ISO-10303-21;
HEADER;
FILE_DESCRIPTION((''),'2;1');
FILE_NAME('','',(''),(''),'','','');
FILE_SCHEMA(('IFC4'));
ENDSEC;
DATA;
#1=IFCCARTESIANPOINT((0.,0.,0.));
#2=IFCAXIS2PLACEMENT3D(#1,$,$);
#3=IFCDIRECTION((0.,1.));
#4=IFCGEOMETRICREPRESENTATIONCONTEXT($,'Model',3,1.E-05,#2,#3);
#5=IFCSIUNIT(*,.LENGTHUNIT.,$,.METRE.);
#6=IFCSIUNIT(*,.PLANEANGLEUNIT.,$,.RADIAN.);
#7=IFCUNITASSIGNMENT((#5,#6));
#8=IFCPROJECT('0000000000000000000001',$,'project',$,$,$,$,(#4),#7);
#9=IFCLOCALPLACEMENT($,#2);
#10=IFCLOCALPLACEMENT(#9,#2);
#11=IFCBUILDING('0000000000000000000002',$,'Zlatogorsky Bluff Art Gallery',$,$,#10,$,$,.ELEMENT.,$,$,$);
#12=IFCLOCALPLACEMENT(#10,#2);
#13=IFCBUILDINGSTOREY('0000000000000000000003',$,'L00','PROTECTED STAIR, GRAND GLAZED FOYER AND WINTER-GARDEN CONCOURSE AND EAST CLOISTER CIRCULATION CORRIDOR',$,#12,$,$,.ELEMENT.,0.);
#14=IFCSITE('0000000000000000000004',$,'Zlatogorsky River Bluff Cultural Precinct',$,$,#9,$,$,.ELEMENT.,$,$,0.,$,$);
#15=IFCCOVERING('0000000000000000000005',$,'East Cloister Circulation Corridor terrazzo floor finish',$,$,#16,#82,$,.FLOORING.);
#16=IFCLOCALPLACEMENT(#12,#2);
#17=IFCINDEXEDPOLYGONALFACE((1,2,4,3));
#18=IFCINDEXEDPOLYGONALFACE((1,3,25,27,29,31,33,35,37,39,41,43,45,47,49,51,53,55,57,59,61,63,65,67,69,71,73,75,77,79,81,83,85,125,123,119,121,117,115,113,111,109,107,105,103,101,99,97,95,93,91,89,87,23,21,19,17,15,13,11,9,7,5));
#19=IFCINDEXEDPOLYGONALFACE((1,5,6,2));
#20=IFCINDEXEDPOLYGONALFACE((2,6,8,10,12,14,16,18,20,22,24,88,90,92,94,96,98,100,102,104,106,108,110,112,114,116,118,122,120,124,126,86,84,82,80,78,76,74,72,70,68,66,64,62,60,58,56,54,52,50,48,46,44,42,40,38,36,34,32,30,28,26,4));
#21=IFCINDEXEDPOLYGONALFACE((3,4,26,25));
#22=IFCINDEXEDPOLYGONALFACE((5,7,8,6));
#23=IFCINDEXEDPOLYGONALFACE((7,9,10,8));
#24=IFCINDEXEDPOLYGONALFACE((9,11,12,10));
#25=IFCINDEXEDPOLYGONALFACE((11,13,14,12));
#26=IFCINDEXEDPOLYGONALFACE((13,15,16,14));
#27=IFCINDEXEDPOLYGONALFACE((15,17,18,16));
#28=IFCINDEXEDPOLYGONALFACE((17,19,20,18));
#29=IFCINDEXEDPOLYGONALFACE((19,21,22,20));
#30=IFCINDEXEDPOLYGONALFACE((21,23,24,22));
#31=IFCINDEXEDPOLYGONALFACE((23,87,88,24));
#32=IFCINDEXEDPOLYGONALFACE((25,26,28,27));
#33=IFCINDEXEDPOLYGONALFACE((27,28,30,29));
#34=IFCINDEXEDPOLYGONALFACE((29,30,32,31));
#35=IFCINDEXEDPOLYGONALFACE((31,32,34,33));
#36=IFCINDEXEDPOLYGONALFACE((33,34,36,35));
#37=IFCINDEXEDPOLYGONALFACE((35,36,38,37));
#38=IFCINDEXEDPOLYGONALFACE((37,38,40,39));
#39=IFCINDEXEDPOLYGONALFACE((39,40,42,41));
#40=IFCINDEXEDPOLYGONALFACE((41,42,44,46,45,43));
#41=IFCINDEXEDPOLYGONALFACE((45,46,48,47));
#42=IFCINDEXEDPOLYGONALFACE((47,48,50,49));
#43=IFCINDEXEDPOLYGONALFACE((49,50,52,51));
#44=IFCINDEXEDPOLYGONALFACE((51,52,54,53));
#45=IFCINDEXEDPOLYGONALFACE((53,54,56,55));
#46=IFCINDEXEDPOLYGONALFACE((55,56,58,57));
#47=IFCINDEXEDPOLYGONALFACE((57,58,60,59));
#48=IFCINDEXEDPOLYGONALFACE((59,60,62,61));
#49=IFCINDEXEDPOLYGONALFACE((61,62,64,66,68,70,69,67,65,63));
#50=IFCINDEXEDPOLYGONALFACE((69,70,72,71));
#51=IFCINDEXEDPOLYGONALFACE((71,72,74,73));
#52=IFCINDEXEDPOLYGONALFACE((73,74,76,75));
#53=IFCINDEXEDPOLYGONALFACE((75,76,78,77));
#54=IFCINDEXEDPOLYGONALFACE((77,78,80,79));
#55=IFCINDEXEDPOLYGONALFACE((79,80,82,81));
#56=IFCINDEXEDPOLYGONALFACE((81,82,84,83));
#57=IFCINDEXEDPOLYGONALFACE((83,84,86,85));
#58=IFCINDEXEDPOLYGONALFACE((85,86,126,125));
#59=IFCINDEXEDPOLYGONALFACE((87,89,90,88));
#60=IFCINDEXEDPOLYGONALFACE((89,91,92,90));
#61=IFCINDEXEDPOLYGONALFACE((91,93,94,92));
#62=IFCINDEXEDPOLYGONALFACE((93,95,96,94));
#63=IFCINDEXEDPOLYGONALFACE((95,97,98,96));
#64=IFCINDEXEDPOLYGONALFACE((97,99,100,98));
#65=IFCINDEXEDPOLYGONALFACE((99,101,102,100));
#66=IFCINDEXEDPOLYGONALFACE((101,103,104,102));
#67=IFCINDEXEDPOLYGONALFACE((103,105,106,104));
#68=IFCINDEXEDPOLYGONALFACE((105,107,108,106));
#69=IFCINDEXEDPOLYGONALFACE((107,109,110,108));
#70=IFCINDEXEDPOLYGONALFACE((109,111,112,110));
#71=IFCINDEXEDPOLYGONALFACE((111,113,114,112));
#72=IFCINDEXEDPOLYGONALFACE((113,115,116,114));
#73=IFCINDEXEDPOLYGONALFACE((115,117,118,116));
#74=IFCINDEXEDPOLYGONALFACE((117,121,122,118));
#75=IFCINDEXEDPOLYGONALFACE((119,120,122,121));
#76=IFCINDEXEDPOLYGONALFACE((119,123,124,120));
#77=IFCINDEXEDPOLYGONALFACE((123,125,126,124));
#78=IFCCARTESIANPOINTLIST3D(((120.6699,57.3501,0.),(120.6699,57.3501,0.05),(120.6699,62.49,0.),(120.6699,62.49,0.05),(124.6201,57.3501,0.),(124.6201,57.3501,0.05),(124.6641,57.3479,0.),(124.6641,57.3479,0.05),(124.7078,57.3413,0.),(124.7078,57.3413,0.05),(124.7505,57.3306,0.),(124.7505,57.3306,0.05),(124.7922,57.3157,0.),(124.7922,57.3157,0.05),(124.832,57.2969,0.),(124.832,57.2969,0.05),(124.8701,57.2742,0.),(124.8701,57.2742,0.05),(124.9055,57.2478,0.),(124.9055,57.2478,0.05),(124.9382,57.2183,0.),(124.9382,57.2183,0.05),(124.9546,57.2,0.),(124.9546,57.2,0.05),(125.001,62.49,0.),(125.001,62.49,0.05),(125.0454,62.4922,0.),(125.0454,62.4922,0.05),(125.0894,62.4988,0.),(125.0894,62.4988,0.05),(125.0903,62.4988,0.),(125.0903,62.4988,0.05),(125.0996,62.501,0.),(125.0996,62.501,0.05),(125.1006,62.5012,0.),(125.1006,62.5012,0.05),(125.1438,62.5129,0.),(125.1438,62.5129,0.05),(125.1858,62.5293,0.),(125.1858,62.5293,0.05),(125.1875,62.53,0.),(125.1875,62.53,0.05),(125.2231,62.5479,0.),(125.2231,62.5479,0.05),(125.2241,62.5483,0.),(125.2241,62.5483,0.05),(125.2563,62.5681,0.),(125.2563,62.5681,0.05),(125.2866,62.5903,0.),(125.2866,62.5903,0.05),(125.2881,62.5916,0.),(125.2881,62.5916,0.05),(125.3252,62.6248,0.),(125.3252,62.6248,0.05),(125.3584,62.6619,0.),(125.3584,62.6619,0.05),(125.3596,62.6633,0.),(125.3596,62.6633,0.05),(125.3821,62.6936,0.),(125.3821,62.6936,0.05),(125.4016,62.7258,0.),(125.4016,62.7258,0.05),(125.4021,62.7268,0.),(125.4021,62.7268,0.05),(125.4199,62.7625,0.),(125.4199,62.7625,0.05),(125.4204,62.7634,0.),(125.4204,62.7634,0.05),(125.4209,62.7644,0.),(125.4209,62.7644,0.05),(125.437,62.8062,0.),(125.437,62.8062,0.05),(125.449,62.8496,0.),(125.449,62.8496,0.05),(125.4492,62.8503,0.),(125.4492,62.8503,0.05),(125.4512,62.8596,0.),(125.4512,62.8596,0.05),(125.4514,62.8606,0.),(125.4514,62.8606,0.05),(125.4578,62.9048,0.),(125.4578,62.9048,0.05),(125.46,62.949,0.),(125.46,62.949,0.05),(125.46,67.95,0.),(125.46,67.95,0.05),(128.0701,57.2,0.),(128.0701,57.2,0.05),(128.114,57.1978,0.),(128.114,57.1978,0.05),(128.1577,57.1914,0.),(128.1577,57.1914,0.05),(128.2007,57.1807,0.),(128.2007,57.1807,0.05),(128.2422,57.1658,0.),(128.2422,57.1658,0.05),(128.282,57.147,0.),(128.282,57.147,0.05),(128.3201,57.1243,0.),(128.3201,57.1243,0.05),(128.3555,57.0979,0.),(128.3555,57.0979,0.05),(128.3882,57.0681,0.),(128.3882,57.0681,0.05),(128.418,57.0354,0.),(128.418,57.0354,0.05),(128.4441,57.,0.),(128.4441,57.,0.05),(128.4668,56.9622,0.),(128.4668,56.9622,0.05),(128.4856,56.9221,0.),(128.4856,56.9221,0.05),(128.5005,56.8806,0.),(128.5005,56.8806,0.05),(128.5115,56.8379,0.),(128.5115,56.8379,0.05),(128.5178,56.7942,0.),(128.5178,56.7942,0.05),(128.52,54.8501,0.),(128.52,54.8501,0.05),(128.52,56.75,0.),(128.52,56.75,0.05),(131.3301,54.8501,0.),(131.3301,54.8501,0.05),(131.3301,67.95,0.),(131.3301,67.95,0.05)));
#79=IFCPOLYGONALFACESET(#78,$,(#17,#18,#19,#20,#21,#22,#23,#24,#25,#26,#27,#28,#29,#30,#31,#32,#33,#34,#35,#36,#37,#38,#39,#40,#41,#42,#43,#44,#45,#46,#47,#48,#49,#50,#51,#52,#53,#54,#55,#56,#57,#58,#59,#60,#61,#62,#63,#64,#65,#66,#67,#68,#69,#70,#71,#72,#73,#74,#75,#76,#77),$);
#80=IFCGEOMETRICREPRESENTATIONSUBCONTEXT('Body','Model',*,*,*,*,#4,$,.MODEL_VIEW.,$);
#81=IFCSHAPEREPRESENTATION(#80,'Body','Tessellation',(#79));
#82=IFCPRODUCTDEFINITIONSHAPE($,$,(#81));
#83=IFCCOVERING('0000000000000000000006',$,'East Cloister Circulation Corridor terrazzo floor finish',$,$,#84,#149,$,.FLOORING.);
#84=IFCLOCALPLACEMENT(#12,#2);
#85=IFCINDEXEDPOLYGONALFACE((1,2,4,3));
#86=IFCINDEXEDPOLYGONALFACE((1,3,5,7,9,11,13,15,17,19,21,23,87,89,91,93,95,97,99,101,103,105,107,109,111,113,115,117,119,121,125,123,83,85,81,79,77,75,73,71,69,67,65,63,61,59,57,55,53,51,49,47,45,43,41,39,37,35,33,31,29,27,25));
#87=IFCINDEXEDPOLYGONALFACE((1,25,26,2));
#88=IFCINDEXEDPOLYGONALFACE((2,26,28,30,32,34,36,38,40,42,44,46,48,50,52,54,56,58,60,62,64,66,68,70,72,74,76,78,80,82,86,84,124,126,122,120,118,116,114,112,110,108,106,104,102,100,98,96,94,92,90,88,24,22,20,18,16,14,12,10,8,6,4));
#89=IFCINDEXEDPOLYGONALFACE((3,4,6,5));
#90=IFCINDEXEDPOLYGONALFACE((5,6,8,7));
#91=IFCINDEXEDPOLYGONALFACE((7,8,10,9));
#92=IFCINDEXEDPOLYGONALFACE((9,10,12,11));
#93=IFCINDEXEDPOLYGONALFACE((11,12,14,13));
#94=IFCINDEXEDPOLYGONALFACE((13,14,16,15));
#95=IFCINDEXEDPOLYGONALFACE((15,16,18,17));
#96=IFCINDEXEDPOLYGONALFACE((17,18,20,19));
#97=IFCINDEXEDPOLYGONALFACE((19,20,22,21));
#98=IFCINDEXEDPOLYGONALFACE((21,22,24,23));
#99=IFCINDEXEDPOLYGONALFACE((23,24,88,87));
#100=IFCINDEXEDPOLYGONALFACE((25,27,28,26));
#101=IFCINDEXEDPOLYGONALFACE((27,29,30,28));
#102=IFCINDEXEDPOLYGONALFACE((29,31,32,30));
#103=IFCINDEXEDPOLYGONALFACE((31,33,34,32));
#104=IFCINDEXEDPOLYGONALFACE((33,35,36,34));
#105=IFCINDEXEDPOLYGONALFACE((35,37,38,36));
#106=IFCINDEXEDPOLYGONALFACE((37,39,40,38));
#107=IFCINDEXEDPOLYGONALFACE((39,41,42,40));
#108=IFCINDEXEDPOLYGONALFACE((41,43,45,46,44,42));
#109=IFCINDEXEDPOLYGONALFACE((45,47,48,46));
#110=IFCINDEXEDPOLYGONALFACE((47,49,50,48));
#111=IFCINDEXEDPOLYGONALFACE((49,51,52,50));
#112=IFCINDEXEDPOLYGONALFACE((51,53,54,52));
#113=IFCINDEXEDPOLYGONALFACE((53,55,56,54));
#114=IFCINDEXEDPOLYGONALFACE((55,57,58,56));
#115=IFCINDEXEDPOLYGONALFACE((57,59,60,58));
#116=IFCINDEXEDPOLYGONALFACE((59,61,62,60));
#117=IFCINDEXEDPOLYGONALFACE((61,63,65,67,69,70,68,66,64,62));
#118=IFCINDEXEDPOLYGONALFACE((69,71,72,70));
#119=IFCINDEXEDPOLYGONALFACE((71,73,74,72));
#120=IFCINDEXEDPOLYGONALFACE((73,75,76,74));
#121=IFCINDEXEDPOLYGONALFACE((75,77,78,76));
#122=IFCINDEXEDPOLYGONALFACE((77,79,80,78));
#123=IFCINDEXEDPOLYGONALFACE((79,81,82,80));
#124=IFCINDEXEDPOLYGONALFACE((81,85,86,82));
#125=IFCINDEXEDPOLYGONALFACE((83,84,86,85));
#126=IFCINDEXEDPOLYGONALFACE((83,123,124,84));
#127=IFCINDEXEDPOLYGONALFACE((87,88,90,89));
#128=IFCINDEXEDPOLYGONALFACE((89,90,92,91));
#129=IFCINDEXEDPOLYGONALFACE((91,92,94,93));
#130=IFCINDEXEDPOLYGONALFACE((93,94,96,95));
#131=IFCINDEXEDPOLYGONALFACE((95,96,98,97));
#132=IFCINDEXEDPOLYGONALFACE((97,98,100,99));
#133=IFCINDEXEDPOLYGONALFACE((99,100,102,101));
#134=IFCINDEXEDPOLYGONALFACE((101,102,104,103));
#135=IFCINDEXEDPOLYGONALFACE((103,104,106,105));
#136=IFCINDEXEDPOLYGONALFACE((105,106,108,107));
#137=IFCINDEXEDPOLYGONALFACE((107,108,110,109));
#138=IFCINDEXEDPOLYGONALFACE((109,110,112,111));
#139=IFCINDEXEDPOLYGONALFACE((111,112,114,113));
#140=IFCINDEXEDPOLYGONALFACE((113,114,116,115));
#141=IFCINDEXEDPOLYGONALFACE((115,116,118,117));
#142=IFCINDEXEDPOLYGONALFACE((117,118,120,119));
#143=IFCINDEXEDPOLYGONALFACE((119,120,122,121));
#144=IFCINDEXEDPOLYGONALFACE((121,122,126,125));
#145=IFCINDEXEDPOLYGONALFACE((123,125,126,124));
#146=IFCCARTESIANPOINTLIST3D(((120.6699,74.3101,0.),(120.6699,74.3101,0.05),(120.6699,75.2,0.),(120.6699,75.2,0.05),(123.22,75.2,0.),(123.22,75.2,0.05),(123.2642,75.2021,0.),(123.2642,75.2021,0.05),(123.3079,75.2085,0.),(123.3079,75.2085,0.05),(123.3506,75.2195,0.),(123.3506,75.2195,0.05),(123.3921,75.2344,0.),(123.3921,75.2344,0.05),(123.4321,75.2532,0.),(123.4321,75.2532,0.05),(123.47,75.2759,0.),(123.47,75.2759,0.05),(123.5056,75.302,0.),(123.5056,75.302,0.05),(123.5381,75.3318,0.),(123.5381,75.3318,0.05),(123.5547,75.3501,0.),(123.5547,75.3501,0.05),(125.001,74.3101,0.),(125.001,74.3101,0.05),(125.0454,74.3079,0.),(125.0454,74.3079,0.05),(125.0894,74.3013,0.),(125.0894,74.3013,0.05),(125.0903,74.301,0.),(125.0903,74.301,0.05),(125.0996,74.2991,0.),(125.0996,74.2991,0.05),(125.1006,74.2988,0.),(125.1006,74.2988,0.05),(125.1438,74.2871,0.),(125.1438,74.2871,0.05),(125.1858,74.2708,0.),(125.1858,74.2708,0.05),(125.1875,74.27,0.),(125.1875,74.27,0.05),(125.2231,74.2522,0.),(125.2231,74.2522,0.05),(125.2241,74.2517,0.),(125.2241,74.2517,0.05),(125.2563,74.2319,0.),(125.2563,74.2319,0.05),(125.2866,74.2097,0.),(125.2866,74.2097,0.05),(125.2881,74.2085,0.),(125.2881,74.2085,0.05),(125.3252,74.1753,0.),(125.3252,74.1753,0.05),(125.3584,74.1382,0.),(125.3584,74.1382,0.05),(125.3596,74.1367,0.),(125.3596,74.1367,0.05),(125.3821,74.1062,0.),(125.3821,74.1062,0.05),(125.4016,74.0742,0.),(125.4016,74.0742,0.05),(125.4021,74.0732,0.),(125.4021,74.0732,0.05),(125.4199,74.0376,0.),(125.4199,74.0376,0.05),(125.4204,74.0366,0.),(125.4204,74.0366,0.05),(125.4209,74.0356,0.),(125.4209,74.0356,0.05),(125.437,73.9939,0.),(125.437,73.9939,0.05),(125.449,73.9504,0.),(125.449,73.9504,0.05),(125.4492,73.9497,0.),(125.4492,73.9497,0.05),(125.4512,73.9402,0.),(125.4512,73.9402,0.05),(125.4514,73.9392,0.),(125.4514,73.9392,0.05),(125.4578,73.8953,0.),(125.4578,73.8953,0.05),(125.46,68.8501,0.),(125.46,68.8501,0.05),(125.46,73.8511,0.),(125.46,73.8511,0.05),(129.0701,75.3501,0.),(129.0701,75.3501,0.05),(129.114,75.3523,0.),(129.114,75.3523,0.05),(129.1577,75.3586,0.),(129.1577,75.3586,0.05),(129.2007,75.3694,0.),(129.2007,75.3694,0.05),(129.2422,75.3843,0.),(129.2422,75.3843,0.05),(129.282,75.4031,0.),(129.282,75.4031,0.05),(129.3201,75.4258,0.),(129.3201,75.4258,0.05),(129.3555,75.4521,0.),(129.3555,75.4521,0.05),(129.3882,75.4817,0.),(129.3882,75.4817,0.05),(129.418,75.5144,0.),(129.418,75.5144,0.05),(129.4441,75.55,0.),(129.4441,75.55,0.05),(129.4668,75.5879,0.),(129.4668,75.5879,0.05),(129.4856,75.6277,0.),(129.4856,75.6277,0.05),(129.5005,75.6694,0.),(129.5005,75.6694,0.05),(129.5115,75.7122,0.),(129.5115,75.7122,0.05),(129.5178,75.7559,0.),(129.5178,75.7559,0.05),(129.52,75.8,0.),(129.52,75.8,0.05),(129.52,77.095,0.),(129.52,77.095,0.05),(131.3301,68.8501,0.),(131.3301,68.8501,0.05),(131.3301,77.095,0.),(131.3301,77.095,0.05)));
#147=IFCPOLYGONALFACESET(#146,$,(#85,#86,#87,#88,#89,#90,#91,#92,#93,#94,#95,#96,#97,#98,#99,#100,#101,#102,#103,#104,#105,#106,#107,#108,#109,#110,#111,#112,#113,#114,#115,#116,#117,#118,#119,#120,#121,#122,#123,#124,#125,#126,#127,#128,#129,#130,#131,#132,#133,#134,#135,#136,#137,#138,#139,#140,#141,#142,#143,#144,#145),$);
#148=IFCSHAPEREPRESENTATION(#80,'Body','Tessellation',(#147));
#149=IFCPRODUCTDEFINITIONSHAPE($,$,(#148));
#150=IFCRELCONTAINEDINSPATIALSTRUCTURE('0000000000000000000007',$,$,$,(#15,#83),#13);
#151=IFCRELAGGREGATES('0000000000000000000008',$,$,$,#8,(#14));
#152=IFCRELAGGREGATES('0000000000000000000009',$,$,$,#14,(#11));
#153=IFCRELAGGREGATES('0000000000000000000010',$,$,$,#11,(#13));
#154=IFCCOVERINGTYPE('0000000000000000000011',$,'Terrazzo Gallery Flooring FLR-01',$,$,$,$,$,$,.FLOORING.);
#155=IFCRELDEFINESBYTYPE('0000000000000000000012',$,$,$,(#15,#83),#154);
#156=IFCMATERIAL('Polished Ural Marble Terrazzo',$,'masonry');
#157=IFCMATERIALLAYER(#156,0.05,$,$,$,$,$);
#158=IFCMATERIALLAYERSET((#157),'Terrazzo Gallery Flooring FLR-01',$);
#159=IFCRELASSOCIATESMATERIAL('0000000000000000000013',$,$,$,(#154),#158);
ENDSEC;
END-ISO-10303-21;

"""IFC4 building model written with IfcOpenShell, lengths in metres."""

from ifc_helpers import new_model, si_unit, direction, origin, place, context, subcontext, project, spatial, polyline, outline, extrude, material, layer, layer_set, type_object, element, save


model = new_model("IFC4")

# Units and contexts
model_context = context("Model", 3, precision=1e-05, world=origin(), true_north=direction((0.0, 1.0)))
body_context = subcontext(model_context, "Body", "Model", "MODEL_VIEW")
ifc_project = project(units=[si_unit("LENGTHUNIT", "METRE"), si_unit("PLANEANGLEUNIT", "RADIAN")], contexts=[model_context])

# Site, building, storey
site_placement = place(None, origin())
site = spatial("IfcSite", under=ifc_project, at=site_placement, Name="Zlatogorsky River Bluff Cultural Precinct", CompositionType="ELEMENT", RefElevation=0.0)
building_placement = place(site_placement, origin())
building = spatial("IfcBuilding", under=site, at=building_placement, Name="Zlatogorsky Bluff Art Gallery", CompositionType="ELEMENT")
storey_placement = place(building_placement, origin())
storey = spatial("IfcBuildingStorey", under=building, at=storey_placement, Name="L00", Description="PROTECTED STAIR, GRAND GLAZED FOYER AND WINTER-GARDEN CONCOURSE AND EAST CLOISTER CIRCULATION CORRIDOR", CompositionType="ELEMENT", Elevation=0.0)

# Coverings
ifc_material_1 = material(Name="Polished Ural Marble Terrazzo", Category="masonry")
ifc_layer_1 = layer(ifc_material_1, 0.05)
ifc_layer_set_1 = layer_set([ifc_layer_1], Name="Terrazzo Gallery Flooring FLR-01")
covering_type_1 = type_object("IfcCoveringType", Name="Terrazzo Gallery Flooring FLR-01", PredefinedType="FLOORING", material=ifc_layer_set_1)
covering_1_placement = place(storey_placement, origin())
element("IfcCovering", 1, at=covering_1_placement, inside=storey, type_object=covering_type_1, Name="East Cloister Circulation Corridor terrazzo floor finish", PredefinedType="FLOORING", context=body_context, shape_type="SweptSolid", body=[
    extrude(outline(polyline([(120.6699, 62.49), (125.001, 62.49), (125.0454, 62.4922), (125.0894, 62.4988), (125.0903, 62.4988), (125.0996, 62.501), (125.1006, 62.5012), (125.1438, 62.5129), (125.1858, 62.5293), (125.1875, 62.53), (125.2231, 62.5479), (125.2241, 62.5483), (125.2563, 62.5681), (125.2866, 62.5903), (125.2881, 62.5916), (125.3252, 62.6248), (125.3584, 62.6619), (125.3596, 62.6633), (125.3821, 62.6936), (125.4016, 62.7258), (125.4021, 62.7268), (125.4199, 62.7625), (125.4204, 62.7634), (125.4209, 62.7644), (125.437, 62.8062), (125.449, 62.8496), (125.4492, 62.8503), (125.4512, 62.8596), (125.4514, 62.8606), (125.4578, 62.9048), (125.46, 62.949), (125.46, 67.95), (131.3301, 67.95), (131.3301, 54.8501), (128.52, 54.8501), (128.52, 56.75), (128.5178, 56.7942), (128.5115, 56.8379), (128.5005, 56.8806), (128.4856, 56.9221), (128.4668, 56.9622), (128.4441, 57.0), (128.418, 57.0354), (128.3882, 57.0681), (128.3555, 57.0979), (128.3201, 57.1243), (128.282, 57.147), (128.2422, 57.1658), (128.2007, 57.1807), (128.1577, 57.1914), (128.114, 57.1978), (128.0701, 57.2), (124.9546, 57.2), (124.9382, 57.2183), (124.9055, 57.2478), (124.8701, 57.2742), (124.832, 57.2969), (124.7922, 57.3157), (124.7505, 57.3306), (124.7078, 57.3413), (124.6641, 57.3479), (124.6201, 57.3501), (120.6699, 57.3501), (120.6699, 62.49)])), origin(), (0.0, 0.0, 1.0), 0.05),
])
covering_2_placement = place(storey_placement, origin())
element("IfcCovering", 2, at=covering_2_placement, inside=storey, type_object=covering_type_1, Name="East Cloister Circulation Corridor terrazzo floor finish", PredefinedType="FLOORING", context=body_context, shape_type="SweptSolid", body=[
    extrude(outline(polyline([(123.22, 75.2), (123.2642, 75.2021), (123.3079, 75.2085), (123.3506, 75.2195), (123.3921, 75.2344), (123.4321, 75.2532), (123.47, 75.2759), (123.5056, 75.302), (123.5381, 75.3318), (123.5547, 75.3501), (129.0701, 75.3501), (129.114, 75.3523), (129.1577, 75.3586), (129.2007, 75.3694), (129.2422, 75.3843), (129.282, 75.4031), (129.3201, 75.4258), (129.3555, 75.4521), (129.3882, 75.4817), (129.418, 75.5144), (129.4441, 75.55), (129.4668, 75.5879), (129.4856, 75.6277), (129.5005, 75.6694), (129.5115, 75.7122), (129.5178, 75.7559), (129.52, 75.8), (129.52, 77.095), (131.3301, 77.095), (131.3301, 68.8501), (125.46, 68.8501), (125.46, 73.8511), (125.4578, 73.8953), (125.4514, 73.9392), (125.4512, 73.9402), (125.4492, 73.9497), (125.449, 73.9504), (125.437, 73.9939), (125.4209, 74.0356), (125.4204, 74.0366), (125.4199, 74.0376), (125.4021, 74.0732), (125.4016, 74.0742), (125.3821, 74.1062), (125.3596, 74.1367), (125.3584, 74.1382), (125.3252, 74.1753), (125.2881, 74.2085), (125.2866, 74.2097), (125.2563, 74.2319), (125.2241, 74.2517), (125.2231, 74.2522), (125.1875, 74.27), (125.1858, 74.2708), (125.1438, 74.2871), (125.1006, 74.2988), (125.0996, 74.2991), (125.0903, 74.301), (125.0894, 74.3013), (125.0454, 74.3079), (125.001, 74.3101), (120.6699, 74.3101), (120.6699, 75.2), (123.22, 75.2)])), origin(), (0.0, 0.0, 1.0), 0.05),
])

save(model, "model.ifc")
